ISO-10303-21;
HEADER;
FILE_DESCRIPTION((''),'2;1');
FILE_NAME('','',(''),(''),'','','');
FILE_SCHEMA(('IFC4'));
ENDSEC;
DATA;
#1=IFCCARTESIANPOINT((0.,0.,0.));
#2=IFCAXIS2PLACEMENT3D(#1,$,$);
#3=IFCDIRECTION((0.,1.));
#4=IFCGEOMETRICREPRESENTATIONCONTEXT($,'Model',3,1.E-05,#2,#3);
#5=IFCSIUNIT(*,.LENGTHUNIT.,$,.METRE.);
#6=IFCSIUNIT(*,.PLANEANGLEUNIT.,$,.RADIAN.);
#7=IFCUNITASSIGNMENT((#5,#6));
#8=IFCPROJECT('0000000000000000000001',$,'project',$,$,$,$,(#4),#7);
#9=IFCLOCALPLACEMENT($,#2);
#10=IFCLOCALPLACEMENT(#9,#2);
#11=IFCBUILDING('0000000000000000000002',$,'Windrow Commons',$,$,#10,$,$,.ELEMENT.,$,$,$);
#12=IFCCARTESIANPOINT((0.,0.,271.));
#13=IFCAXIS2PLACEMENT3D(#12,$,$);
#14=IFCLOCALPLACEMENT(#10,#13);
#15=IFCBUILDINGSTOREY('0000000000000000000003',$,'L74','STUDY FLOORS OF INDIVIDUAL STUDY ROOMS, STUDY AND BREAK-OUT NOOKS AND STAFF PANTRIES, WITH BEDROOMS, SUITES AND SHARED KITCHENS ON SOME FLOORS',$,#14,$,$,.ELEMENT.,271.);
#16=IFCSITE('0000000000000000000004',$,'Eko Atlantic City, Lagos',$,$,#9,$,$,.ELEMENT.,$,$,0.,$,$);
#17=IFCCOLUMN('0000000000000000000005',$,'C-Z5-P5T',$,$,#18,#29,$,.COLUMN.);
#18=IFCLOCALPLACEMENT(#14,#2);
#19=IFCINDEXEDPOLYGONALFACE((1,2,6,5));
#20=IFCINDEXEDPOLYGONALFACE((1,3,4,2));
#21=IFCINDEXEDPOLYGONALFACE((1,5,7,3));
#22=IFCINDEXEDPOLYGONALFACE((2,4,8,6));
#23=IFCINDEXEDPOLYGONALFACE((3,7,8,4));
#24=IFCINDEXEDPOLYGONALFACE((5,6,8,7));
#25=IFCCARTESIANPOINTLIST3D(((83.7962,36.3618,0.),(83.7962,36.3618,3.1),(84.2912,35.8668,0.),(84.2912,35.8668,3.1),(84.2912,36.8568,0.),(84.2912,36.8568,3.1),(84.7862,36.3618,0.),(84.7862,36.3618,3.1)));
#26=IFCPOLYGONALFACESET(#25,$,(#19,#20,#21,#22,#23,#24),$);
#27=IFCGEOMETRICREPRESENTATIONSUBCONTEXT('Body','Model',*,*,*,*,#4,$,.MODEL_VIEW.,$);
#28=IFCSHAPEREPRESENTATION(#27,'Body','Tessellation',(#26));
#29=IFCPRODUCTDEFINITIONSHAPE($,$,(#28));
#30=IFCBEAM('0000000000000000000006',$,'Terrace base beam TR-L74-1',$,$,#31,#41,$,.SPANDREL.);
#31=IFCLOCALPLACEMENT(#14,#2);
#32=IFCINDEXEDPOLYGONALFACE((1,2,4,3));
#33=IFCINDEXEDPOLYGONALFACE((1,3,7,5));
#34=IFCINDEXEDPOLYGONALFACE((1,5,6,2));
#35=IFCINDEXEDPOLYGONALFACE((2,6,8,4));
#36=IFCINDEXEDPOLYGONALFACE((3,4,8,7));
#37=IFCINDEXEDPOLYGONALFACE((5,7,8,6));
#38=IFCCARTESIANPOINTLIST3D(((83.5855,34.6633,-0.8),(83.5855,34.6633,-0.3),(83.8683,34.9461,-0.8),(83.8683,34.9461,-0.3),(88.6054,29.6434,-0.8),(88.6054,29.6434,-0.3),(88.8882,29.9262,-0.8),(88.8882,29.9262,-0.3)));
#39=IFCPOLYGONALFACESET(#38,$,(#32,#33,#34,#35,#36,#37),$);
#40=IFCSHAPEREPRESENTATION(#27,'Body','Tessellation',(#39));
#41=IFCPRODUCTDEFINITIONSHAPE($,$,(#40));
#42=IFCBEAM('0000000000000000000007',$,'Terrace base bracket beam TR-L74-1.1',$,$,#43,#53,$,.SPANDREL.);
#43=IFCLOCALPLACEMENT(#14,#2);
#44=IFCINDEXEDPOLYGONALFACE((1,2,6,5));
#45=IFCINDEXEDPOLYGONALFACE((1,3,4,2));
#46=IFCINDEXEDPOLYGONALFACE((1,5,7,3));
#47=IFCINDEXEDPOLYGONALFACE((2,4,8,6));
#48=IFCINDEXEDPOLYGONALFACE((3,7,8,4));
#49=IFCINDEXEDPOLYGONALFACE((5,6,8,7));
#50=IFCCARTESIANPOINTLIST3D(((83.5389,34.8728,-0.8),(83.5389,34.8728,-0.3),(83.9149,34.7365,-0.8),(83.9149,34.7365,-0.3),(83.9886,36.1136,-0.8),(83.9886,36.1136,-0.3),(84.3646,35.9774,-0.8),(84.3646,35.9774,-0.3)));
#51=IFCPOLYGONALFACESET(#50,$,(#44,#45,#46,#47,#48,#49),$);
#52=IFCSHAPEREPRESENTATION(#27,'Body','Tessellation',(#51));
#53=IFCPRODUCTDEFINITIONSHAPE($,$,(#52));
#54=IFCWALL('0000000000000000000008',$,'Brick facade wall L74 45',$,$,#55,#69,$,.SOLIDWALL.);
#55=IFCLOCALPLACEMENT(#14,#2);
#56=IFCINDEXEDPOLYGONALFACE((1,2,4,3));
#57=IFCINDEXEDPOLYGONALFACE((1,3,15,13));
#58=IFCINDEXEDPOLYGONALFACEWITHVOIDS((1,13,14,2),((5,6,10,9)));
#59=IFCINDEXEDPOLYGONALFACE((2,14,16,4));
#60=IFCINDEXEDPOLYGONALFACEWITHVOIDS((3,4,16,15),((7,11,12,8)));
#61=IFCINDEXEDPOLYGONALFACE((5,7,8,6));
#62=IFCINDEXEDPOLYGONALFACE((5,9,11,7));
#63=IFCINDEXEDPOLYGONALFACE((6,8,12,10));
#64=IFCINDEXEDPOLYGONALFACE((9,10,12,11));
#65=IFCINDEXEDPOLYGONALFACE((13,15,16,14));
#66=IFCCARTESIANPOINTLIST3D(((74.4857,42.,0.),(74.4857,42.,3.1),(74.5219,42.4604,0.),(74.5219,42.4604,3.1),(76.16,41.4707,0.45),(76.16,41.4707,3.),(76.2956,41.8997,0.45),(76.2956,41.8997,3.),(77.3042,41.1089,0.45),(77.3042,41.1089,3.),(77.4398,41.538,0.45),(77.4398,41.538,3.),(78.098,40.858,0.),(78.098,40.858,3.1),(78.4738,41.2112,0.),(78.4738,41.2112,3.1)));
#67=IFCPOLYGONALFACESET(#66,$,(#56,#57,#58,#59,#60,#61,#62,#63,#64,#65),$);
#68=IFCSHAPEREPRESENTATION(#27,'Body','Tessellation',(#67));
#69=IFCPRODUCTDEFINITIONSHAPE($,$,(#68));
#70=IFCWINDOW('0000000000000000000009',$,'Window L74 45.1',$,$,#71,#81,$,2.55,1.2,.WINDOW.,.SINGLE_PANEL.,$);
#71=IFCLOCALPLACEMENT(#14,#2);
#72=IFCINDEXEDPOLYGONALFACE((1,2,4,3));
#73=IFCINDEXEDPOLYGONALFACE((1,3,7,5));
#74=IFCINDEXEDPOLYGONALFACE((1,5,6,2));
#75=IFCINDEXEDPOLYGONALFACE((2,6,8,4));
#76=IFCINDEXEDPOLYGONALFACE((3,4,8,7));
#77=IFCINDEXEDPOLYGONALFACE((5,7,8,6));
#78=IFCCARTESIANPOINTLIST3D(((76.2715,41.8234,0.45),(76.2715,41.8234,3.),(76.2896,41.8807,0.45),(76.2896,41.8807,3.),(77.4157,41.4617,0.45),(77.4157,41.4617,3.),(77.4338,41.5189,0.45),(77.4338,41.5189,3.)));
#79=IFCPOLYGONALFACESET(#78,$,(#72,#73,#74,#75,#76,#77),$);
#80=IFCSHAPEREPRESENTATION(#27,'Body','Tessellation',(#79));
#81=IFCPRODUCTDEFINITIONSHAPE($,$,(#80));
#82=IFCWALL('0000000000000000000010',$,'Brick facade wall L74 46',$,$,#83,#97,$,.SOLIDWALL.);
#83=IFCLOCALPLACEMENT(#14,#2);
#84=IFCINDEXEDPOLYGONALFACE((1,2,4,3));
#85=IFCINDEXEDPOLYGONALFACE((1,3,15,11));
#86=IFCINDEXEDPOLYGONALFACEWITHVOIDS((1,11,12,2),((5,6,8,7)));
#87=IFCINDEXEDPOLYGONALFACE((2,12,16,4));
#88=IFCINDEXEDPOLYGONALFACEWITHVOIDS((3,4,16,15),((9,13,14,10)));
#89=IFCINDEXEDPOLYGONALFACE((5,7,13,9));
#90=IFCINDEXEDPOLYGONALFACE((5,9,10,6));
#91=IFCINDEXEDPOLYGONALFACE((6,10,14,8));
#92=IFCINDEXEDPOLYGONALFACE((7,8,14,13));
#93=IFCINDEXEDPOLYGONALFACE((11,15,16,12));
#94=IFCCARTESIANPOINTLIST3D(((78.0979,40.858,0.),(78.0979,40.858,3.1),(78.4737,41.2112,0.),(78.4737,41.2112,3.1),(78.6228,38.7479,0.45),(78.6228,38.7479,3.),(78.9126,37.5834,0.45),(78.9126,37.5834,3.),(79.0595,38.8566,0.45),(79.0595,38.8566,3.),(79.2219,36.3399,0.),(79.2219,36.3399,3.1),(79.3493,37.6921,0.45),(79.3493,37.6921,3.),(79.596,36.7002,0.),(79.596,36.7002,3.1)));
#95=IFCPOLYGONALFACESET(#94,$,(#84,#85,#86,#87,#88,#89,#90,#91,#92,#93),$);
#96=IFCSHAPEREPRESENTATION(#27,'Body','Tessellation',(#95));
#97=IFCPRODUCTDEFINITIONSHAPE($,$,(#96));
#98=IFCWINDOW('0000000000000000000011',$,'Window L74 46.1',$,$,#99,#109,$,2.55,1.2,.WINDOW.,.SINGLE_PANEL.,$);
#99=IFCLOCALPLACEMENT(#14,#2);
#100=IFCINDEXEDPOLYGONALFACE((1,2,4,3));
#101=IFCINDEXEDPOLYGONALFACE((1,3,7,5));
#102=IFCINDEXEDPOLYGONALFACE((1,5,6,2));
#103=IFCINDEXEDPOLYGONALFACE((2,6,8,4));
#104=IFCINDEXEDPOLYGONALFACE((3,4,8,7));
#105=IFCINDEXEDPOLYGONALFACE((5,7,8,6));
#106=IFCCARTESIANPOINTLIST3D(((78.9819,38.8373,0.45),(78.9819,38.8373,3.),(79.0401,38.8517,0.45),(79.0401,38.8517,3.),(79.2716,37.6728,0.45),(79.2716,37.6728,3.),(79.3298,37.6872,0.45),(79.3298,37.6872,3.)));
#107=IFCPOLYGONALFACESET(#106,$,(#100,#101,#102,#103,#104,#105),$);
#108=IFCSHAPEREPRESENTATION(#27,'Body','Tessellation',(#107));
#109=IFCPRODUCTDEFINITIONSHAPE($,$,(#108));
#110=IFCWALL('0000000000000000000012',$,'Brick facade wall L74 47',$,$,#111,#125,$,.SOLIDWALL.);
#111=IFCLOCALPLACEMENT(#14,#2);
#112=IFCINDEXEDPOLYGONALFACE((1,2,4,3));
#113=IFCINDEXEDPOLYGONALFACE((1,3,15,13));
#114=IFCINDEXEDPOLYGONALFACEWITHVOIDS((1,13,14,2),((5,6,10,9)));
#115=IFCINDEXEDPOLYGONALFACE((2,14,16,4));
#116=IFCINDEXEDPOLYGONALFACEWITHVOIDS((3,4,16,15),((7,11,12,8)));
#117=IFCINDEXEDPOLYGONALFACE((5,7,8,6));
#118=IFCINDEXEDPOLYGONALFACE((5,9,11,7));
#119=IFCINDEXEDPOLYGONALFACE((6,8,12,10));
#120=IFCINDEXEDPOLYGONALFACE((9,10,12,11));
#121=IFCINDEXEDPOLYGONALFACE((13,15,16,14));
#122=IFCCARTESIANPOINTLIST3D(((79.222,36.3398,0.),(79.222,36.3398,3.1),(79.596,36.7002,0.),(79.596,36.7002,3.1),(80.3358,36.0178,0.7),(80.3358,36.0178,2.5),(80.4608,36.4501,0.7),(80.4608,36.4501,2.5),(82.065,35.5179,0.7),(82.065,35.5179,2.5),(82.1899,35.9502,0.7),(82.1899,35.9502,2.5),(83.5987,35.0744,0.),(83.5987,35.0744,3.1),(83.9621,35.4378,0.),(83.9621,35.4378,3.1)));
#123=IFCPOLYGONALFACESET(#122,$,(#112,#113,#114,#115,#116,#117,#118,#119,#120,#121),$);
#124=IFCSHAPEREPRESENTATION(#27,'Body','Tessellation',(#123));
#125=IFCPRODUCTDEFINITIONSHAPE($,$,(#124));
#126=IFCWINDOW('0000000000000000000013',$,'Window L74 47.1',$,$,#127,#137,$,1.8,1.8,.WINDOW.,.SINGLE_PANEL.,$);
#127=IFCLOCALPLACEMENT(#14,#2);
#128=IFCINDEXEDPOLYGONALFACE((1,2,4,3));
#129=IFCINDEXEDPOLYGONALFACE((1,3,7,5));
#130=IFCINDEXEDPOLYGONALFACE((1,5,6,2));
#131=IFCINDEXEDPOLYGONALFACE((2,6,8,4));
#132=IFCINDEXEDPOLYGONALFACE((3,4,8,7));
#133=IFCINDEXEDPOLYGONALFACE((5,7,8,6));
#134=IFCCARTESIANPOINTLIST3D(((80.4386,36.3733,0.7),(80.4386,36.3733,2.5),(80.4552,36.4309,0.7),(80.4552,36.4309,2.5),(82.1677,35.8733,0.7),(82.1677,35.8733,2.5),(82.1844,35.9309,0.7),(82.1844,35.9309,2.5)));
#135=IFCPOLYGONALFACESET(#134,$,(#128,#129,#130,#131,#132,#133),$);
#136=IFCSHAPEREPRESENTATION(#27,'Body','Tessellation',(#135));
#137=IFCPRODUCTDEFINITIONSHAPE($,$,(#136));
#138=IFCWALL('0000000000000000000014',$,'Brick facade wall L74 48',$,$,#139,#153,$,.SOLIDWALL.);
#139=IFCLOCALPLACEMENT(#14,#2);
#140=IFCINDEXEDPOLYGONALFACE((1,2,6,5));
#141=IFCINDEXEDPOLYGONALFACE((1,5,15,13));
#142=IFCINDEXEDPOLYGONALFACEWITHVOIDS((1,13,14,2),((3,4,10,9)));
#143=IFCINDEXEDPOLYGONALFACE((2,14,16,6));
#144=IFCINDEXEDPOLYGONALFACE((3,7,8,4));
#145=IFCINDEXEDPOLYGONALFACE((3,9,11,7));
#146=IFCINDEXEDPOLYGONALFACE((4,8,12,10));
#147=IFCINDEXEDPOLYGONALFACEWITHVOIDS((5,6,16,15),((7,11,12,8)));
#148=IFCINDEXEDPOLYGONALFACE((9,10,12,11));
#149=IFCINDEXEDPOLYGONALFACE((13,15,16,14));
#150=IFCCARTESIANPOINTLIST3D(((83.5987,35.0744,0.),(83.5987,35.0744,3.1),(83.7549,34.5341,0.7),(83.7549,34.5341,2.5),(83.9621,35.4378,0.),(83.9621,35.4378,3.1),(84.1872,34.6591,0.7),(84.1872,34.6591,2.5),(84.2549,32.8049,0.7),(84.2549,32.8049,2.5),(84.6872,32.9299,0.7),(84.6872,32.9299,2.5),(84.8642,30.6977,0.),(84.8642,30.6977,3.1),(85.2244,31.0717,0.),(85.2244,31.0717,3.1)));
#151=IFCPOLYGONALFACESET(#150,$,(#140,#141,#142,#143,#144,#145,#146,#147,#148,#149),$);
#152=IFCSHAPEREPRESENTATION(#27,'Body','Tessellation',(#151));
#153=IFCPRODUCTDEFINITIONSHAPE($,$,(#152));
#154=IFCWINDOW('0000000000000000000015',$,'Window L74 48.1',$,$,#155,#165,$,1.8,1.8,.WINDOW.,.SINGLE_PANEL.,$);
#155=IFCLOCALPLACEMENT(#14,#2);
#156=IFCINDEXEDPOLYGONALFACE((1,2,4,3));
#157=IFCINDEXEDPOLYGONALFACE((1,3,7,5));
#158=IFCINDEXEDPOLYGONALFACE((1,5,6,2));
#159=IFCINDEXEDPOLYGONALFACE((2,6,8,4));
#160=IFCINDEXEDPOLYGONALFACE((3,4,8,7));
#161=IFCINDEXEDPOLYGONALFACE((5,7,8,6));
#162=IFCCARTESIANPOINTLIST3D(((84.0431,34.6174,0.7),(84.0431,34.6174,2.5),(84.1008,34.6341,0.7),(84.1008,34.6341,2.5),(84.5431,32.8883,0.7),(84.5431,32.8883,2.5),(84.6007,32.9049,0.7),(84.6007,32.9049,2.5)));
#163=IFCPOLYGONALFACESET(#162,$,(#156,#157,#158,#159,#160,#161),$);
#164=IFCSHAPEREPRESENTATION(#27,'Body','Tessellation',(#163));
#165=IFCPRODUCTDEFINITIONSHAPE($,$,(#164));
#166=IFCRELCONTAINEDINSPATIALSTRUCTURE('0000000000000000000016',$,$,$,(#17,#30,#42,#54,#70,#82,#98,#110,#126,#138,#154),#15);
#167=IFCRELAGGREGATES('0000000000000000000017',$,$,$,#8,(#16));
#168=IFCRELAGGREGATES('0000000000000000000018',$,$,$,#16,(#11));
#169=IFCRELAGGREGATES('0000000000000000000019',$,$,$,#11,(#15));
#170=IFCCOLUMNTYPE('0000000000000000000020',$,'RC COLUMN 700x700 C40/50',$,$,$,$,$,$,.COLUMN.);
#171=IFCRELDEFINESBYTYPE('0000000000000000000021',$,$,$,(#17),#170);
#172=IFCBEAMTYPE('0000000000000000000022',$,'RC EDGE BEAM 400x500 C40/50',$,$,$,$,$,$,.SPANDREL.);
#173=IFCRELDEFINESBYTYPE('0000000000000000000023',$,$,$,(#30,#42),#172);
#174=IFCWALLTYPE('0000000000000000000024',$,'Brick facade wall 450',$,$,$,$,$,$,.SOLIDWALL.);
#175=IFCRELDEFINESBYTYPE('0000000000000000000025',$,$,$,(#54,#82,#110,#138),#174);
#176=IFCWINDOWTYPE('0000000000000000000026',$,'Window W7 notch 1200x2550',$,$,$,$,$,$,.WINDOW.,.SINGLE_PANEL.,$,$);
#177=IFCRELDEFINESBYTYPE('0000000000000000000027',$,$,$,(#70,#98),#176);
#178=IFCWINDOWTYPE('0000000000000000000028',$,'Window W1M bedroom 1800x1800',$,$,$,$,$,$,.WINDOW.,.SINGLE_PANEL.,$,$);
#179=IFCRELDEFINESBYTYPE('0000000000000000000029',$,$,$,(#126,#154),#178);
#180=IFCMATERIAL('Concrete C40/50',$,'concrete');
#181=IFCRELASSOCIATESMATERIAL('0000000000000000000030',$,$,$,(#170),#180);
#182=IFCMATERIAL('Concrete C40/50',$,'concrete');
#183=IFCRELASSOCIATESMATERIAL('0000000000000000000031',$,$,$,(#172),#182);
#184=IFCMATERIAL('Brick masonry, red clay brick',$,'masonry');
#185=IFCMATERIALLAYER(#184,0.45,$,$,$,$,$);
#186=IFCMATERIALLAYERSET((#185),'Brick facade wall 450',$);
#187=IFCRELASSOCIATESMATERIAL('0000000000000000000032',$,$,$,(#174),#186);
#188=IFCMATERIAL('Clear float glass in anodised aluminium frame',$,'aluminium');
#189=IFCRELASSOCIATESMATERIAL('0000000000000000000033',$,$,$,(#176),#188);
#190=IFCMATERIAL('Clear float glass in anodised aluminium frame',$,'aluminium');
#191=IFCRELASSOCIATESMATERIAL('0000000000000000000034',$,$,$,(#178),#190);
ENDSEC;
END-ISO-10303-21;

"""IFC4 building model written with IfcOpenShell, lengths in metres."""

from ifc_helpers import new_model, si_unit, direction, frame, frame_2d, origin, origin_2d, place, context, subcontext, project, spatial, polyline, rectangle, outline, extrude, material, layer, layer_set, material_profile, profile_set, type_object, element, fill, save


model = new_model("IFC4")

# Units and contexts
model_context = context("Model", 3, precision=1e-05, world=origin(), true_north=direction((0.0, 1.0)))
body_context = subcontext(model_context, "Body", "Model", "MODEL_VIEW")
ifc_project = project(units=[si_unit("LENGTHUNIT", "METRE"), si_unit("PLANEANGLEUNIT", "RADIAN")], contexts=[model_context])

# Site, building, storey
site_placement = place(None, origin())
site = spatial("IfcSite", under=ifc_project, at=site_placement, Name="Eko Atlantic City, Lagos", CompositionType="ELEMENT", RefElevation=0.0)
building_placement = place(site_placement, origin())
building = spatial("IfcBuilding", under=site, at=building_placement, Name="Windrow Commons", CompositionType="ELEMENT")
storey_placement = place(building_placement, frame((0.0, 0.0, 271.0)))
storey = spatial("IfcBuildingStorey", under=building, at=storey_placement, Name="L74", Description="STUDY FLOORS OF INDIVIDUAL STUDY ROOMS, STUDY AND BREAK-OUT NOOKS AND STAFF PANTRIES, WITH BEDROOMS, SUITES AND SHARED KITCHENS ON SOME FLOORS", CompositionType="ELEMENT", Elevation=271.0)

# Column
ifc_material_1 = material(Name="Concrete C40/50", Category="concrete")
ifc_material_profile_1 = material_profile(ifc_material_1, rectangle(XDim=0.7, YDim=0.7, at=origin_2d()))
ifc_profile_set_1 = profile_set([ifc_material_profile_1], Name="Concrete C40/50")
column_type = type_object("IfcColumnType", Name="RC COLUMN 700x700 C40/50", PredefinedType="COLUMN", material=ifc_profile_set_1)
column_placement = place(storey_placement, frame((84.2912, 36.3618, 0.0), z_axis=(0.0, 0.0, 1.0), x_axis=(0.707107, -0.707107, 0.0)))
element("IfcColumn", 1, at=column_placement, inside=storey, type_object=column_type, Name="C-Z5-P5T", PredefinedType="COLUMN", context=body_context, shape_type="SweptSolid", body=[
    extrude(rectangle(XDim=0.7, YDim=0.7, at=origin_2d()), origin(), (0.0, 0.0, 1.0), 3.1),
])

# Beams
ifc_material_2 = material(Name="Concrete C40/50", Category="concrete")
ifc_material_profile_2 = material_profile(ifc_material_2, rectangle(XDim=0.4, YDim=0.5, at=origin_2d()))
ifc_profile_set_2 = profile_set([ifc_material_profile_2], Name="Concrete C40/50")
beam_type = type_object("IfcBeamType", Name="RC EDGE BEAM 400x500 C40/50", PredefinedType="SPANDREL", material=ifc_profile_set_2)
beam_1_placement = place(storey_placement, frame((83.7269, 34.8047, -0.55), z_axis=(0.707107, -0.707107, 0.0), x_axis=(0.707107, 0.707107, 0.0)))
element("IfcBeam", 2, at=beam_1_placement, inside=storey, type_object=beam_type, Name="Terrace base beam TR-L74-1", PredefinedType="SPANDREL", context=body_context, shape_type="SweptSolid", body=[
    extrude(rectangle(XDim=0.4, YDim=0.5, at=origin_2d()), origin(), (0.0, 0.0, 1.0), 7.0992),
])
beam_2_placement = place(storey_placement, frame((84.1766, 36.0455, -0.55), z_axis=(-0.340739, -0.940158, 0.0), x_axis=(0.940158, -0.340739, 0.0)))
element("IfcBeam", 3, at=beam_2_placement, inside=storey, type_object=beam_type, Name="Terrace base bracket beam TR-L74-1.1", PredefinedType="SPANDREL", context=body_context, shape_type="SweptSolid", body=[
    extrude(rectangle(XDim=0.4, YDim=0.5, at=origin_2d()), origin(), (0.0, 0.0, 1.0), 1.3198),
])

# Walls, openings, windows
ifc_material_3 = material(Name="Brick masonry, red clay brick", Category="masonry")
ifc_layer_1 = layer(ifc_material_3, 0.45)
ifc_layer_set_1 = layer_set([ifc_layer_1], Name="Brick facade wall 450")
wall_type_1 = type_object("IfcWallType", Name="Brick facade wall 450", PredefinedType="SOLIDWALL", material=ifc_layer_set_1)
wall_1_placement = place(storey_placement, frame((74.5038, 42.2302, 0.0), z_axis=(0.0, 0.0, 1.0), x_axis=(0.95349, -0.301426, 0.0)))
wall_1 = element("IfcWall", 4, at=wall_1_placement, inside=storey, type_object=wall_type_1, Name="Brick facade wall L74 45", PredefinedType="SOLIDWALL", context=body_context, shape_type="SweptSolid", body=[
    extrude(outline(polyline([(0.0521, -0.225), (3.8406, -0.225), (4.0925, 0.225), (-0.0521, 0.225), (0.0521, -0.225)])), origin(), (0.0, 0.0, 1.0), 3.1),
])
opening_1_placement = place(wall_1_placement, frame((1.8081, 0.0, 0.45)))
opening_1 = element("IfcOpeningElement", 5, at=opening_1_placement, cuts=wall_1, PredefinedType="OPENING", context=body_context, shape_type="SweptSolid", body=[
    extrude(rectangle(XDim=1.2, YDim=2.55, at=frame_2d((0.6, 1.275))), frame((0.0, 0.235, 0.0), z_axis=(0.0, -1.0, 0.0), x_axis=(1.0, 0.0, 0.0)), (0.0, 0.0, 1.0), 0.47),
])
ifc_material_4 = material(Name="Clear float glass in anodised aluminium frame", Category="aluminium")
window_type_1 = type_object("IfcWindowType", Name="Window W7 notch 1200x2550", PartitioningType="SINGLE_PANEL", PredefinedType="WINDOW", material=ifc_material_4)
window_1_placement = place(opening_1_placement, origin())
window_1 = element("IfcWindow", 6, at=window_1_placement, inside=storey, type_object=window_type_1, Name="Window L74 45.1", OverallHeight=2.55, OverallWidth=1.2, PartitioningType="SINGLE_PANEL", PredefinedType="WINDOW", context=body_context, shape_type="SweptSolid", body=[
    extrude(rectangle(XDim=1.2, YDim=2.55, at=frame_2d((0.6, 1.275))), frame((0.0, 0.205, 0.0), z_axis=(0.0, -1.0, 0.0), x_axis=(1.0, 0.0, 0.0)), (0.0, 0.0, 1.0), 0.06),
])
fill(opening_1, window_1)
wall_2_placement = place(storey_placement, frame((78.2858, 41.0346, 0.0), z_axis=(0.0, 0.0, 1.0), x_axis=(0.241433, -0.970418, 0.0)))
wall_2 = element("IfcWall", 7, at=wall_2_placement, inside=storey, type_object=wall_type_1, Name="Brick facade wall L74 46", PredefinedType="SOLIDWALL", context=body_context, shape_type="SweptSolid", body=[
    extrude(outline(polyline([(0.126, -0.225), (4.7818, -0.225), (4.5225, 0.225), (-0.126, 0.225), (0.126, -0.225)])), origin(), (0.0, 0.0, 1.0), 3.1),
])
opening_2_placement = place(wall_2_placement, frame((2.3004, 0.0, 0.45)))
opening_2 = element("IfcOpeningElement", 8, at=opening_2_placement, cuts=wall_2, PredefinedType="OPENING", context=body_context, shape_type="SweptSolid", body=[
    extrude(rectangle(XDim=1.2, YDim=2.55, at=frame_2d((0.6, 1.275))), frame((0.0, 0.235, 0.0), z_axis=(0.0, -1.0, 0.0), x_axis=(1.0, 0.0, 0.0)), (0.0, 0.0, 1.0), 0.47),
])
window_2_placement = place(opening_2_placement, origin())
window_2 = element("IfcWindow", 9, at=window_2_placement, inside=storey, type_object=window_type_1, Name="Window L74 46.1", OverallHeight=2.55, OverallWidth=1.2, PartitioningType="SINGLE_PANEL", PredefinedType="WINDOW", context=body_context, shape_type="SweptSolid", body=[
    extrude(rectangle(XDim=1.2, YDim=2.55, at=frame_2d((0.6, 1.275))), frame((0.0, 0.205, 0.0), z_axis=(0.0, -1.0, 0.0), x_axis=(1.0, 0.0, 0.0)), (0.0, 0.0, 1.0), 0.06),
])
fill(opening_2, window_2)
wall_3_placement = place(storey_placement, frame((79.409, 36.52, 0.0), z_axis=(0.0, 0.0, 1.0), x_axis=(0.960653, -0.277753, 0.0)))
wall_3 = element("IfcWall", 10, at=wall_3_placement, inside=storey, type_object=wall_type_1, Name="Brick facade wall L74 47", PredefinedType="SOLIDWALL", context=body_context, shape_type="SweptSolid", body=[
    extrude(outline(polyline([(-0.1296, -0.225), (4.4264, -0.225), (4.6745, 0.225), (0.1296, 0.225), (-0.1296, -0.225)])), origin(), (0.0, 0.0, 1.0), 3.1),
])
opening_3_placement = place(wall_3_placement, frame((1.0298, 0.0, 0.7)))
opening_3 = element("IfcOpeningElement", 11, at=opening_3_placement, cuts=wall_3, PredefinedType="OPENING", context=body_context, shape_type="SweptSolid", body=[
    extrude(rectangle(XDim=1.8, YDim=1.8, at=frame_2d((0.9, 0.9))), frame((0.0, 0.235, 0.0), z_axis=(0.0, -1.0, 0.0), x_axis=(1.0, 0.0, 0.0)), (0.0, 0.0, 1.0), 0.47),
])
ifc_material_5 = material(Name="Clear float glass in anodised aluminium frame", Category="aluminium")
window_type_2 = type_object("IfcWindowType", Name="Window W1M bedroom 1800x1800", PartitioningType="SINGLE_PANEL", PredefinedType="WINDOW", material=ifc_material_5)
window_3_placement = place(opening_3_placement, origin())
window_3 = element("IfcWindow", 12, at=window_3_placement, inside=storey, type_object=window_type_2, Name="Window L74 47.1", OverallHeight=1.8, OverallWidth=1.8, PartitioningType="SINGLE_PANEL", PredefinedType="WINDOW", context=body_context, shape_type="SweptSolid", body=[
    extrude(rectangle(XDim=1.8, YDim=1.8, at=frame_2d((0.9, 0.9))), frame((0.0, 0.205, 0.0), z_axis=(0.0, -1.0, 0.0), x_axis=(1.0, 0.0, 0.0)), (0.0, 0.0, 1.0), 0.06),
])
fill(opening_3, window_3)
wall_4_placement = place(storey_placement, frame((83.7804, 35.2561, 0.0), z_axis=(0.0, 0.0, 1.0), x_axis=(0.277753, -0.960653, 0.0)))
wall_4 = element("IfcWall", 13, at=wall_4_placement, inside=storey, type_object=wall_type_1, Name="Brick facade wall L74 48", PredefinedType="SOLIDWALL", context=body_context, shape_type="SweptSolid", body=[
    extrude(outline(polyline([(0.1241, -0.225), (4.6801, -0.225), (4.4208, 0.225), (-0.1241, 0.225), (0.1241, -0.225)])), origin(), (0.0, 0.0, 1.0), 3.1),
])
opening_4_placement = place(wall_4_placement, frame((0.6865, 0.0, 0.7)))
opening_4 = element("IfcOpeningElement", 14, at=opening_4_placement, cuts=wall_4, PredefinedType="OPENING", context=body_context, shape_type="SweptSolid", body=[
    extrude(rectangle(XDim=1.8, YDim=1.8, at=frame_2d((0.9, 0.9))), frame((0.0, 0.235, 0.0), z_axis=(0.0, -1.0, 0.0), x_axis=(1.0, 0.0, 0.0)), (0.0, 0.0, 1.0), 0.47),
])
window_4_placement = place(opening_4_placement, origin())
window_4 = element("IfcWindow", 15, at=window_4_placement, inside=storey, type_object=window_type_2, Name="Window L74 48.1", OverallHeight=1.8, OverallWidth=1.8, PartitioningType="SINGLE_PANEL", PredefinedType="WINDOW", context=body_context, shape_type="SweptSolid", body=[
    extrude(rectangle(XDim=1.8, YDim=1.8, at=frame_2d((0.9, 0.9))), frame((0.0, 0.135, 0.0), z_axis=(0.0, -1.0, 0.0), x_axis=(1.0, 0.0, 0.0)), (0.0, 0.0, 1.0), 0.06),
])
fill(opening_4, window_4)

save(model, "model.ifc")
